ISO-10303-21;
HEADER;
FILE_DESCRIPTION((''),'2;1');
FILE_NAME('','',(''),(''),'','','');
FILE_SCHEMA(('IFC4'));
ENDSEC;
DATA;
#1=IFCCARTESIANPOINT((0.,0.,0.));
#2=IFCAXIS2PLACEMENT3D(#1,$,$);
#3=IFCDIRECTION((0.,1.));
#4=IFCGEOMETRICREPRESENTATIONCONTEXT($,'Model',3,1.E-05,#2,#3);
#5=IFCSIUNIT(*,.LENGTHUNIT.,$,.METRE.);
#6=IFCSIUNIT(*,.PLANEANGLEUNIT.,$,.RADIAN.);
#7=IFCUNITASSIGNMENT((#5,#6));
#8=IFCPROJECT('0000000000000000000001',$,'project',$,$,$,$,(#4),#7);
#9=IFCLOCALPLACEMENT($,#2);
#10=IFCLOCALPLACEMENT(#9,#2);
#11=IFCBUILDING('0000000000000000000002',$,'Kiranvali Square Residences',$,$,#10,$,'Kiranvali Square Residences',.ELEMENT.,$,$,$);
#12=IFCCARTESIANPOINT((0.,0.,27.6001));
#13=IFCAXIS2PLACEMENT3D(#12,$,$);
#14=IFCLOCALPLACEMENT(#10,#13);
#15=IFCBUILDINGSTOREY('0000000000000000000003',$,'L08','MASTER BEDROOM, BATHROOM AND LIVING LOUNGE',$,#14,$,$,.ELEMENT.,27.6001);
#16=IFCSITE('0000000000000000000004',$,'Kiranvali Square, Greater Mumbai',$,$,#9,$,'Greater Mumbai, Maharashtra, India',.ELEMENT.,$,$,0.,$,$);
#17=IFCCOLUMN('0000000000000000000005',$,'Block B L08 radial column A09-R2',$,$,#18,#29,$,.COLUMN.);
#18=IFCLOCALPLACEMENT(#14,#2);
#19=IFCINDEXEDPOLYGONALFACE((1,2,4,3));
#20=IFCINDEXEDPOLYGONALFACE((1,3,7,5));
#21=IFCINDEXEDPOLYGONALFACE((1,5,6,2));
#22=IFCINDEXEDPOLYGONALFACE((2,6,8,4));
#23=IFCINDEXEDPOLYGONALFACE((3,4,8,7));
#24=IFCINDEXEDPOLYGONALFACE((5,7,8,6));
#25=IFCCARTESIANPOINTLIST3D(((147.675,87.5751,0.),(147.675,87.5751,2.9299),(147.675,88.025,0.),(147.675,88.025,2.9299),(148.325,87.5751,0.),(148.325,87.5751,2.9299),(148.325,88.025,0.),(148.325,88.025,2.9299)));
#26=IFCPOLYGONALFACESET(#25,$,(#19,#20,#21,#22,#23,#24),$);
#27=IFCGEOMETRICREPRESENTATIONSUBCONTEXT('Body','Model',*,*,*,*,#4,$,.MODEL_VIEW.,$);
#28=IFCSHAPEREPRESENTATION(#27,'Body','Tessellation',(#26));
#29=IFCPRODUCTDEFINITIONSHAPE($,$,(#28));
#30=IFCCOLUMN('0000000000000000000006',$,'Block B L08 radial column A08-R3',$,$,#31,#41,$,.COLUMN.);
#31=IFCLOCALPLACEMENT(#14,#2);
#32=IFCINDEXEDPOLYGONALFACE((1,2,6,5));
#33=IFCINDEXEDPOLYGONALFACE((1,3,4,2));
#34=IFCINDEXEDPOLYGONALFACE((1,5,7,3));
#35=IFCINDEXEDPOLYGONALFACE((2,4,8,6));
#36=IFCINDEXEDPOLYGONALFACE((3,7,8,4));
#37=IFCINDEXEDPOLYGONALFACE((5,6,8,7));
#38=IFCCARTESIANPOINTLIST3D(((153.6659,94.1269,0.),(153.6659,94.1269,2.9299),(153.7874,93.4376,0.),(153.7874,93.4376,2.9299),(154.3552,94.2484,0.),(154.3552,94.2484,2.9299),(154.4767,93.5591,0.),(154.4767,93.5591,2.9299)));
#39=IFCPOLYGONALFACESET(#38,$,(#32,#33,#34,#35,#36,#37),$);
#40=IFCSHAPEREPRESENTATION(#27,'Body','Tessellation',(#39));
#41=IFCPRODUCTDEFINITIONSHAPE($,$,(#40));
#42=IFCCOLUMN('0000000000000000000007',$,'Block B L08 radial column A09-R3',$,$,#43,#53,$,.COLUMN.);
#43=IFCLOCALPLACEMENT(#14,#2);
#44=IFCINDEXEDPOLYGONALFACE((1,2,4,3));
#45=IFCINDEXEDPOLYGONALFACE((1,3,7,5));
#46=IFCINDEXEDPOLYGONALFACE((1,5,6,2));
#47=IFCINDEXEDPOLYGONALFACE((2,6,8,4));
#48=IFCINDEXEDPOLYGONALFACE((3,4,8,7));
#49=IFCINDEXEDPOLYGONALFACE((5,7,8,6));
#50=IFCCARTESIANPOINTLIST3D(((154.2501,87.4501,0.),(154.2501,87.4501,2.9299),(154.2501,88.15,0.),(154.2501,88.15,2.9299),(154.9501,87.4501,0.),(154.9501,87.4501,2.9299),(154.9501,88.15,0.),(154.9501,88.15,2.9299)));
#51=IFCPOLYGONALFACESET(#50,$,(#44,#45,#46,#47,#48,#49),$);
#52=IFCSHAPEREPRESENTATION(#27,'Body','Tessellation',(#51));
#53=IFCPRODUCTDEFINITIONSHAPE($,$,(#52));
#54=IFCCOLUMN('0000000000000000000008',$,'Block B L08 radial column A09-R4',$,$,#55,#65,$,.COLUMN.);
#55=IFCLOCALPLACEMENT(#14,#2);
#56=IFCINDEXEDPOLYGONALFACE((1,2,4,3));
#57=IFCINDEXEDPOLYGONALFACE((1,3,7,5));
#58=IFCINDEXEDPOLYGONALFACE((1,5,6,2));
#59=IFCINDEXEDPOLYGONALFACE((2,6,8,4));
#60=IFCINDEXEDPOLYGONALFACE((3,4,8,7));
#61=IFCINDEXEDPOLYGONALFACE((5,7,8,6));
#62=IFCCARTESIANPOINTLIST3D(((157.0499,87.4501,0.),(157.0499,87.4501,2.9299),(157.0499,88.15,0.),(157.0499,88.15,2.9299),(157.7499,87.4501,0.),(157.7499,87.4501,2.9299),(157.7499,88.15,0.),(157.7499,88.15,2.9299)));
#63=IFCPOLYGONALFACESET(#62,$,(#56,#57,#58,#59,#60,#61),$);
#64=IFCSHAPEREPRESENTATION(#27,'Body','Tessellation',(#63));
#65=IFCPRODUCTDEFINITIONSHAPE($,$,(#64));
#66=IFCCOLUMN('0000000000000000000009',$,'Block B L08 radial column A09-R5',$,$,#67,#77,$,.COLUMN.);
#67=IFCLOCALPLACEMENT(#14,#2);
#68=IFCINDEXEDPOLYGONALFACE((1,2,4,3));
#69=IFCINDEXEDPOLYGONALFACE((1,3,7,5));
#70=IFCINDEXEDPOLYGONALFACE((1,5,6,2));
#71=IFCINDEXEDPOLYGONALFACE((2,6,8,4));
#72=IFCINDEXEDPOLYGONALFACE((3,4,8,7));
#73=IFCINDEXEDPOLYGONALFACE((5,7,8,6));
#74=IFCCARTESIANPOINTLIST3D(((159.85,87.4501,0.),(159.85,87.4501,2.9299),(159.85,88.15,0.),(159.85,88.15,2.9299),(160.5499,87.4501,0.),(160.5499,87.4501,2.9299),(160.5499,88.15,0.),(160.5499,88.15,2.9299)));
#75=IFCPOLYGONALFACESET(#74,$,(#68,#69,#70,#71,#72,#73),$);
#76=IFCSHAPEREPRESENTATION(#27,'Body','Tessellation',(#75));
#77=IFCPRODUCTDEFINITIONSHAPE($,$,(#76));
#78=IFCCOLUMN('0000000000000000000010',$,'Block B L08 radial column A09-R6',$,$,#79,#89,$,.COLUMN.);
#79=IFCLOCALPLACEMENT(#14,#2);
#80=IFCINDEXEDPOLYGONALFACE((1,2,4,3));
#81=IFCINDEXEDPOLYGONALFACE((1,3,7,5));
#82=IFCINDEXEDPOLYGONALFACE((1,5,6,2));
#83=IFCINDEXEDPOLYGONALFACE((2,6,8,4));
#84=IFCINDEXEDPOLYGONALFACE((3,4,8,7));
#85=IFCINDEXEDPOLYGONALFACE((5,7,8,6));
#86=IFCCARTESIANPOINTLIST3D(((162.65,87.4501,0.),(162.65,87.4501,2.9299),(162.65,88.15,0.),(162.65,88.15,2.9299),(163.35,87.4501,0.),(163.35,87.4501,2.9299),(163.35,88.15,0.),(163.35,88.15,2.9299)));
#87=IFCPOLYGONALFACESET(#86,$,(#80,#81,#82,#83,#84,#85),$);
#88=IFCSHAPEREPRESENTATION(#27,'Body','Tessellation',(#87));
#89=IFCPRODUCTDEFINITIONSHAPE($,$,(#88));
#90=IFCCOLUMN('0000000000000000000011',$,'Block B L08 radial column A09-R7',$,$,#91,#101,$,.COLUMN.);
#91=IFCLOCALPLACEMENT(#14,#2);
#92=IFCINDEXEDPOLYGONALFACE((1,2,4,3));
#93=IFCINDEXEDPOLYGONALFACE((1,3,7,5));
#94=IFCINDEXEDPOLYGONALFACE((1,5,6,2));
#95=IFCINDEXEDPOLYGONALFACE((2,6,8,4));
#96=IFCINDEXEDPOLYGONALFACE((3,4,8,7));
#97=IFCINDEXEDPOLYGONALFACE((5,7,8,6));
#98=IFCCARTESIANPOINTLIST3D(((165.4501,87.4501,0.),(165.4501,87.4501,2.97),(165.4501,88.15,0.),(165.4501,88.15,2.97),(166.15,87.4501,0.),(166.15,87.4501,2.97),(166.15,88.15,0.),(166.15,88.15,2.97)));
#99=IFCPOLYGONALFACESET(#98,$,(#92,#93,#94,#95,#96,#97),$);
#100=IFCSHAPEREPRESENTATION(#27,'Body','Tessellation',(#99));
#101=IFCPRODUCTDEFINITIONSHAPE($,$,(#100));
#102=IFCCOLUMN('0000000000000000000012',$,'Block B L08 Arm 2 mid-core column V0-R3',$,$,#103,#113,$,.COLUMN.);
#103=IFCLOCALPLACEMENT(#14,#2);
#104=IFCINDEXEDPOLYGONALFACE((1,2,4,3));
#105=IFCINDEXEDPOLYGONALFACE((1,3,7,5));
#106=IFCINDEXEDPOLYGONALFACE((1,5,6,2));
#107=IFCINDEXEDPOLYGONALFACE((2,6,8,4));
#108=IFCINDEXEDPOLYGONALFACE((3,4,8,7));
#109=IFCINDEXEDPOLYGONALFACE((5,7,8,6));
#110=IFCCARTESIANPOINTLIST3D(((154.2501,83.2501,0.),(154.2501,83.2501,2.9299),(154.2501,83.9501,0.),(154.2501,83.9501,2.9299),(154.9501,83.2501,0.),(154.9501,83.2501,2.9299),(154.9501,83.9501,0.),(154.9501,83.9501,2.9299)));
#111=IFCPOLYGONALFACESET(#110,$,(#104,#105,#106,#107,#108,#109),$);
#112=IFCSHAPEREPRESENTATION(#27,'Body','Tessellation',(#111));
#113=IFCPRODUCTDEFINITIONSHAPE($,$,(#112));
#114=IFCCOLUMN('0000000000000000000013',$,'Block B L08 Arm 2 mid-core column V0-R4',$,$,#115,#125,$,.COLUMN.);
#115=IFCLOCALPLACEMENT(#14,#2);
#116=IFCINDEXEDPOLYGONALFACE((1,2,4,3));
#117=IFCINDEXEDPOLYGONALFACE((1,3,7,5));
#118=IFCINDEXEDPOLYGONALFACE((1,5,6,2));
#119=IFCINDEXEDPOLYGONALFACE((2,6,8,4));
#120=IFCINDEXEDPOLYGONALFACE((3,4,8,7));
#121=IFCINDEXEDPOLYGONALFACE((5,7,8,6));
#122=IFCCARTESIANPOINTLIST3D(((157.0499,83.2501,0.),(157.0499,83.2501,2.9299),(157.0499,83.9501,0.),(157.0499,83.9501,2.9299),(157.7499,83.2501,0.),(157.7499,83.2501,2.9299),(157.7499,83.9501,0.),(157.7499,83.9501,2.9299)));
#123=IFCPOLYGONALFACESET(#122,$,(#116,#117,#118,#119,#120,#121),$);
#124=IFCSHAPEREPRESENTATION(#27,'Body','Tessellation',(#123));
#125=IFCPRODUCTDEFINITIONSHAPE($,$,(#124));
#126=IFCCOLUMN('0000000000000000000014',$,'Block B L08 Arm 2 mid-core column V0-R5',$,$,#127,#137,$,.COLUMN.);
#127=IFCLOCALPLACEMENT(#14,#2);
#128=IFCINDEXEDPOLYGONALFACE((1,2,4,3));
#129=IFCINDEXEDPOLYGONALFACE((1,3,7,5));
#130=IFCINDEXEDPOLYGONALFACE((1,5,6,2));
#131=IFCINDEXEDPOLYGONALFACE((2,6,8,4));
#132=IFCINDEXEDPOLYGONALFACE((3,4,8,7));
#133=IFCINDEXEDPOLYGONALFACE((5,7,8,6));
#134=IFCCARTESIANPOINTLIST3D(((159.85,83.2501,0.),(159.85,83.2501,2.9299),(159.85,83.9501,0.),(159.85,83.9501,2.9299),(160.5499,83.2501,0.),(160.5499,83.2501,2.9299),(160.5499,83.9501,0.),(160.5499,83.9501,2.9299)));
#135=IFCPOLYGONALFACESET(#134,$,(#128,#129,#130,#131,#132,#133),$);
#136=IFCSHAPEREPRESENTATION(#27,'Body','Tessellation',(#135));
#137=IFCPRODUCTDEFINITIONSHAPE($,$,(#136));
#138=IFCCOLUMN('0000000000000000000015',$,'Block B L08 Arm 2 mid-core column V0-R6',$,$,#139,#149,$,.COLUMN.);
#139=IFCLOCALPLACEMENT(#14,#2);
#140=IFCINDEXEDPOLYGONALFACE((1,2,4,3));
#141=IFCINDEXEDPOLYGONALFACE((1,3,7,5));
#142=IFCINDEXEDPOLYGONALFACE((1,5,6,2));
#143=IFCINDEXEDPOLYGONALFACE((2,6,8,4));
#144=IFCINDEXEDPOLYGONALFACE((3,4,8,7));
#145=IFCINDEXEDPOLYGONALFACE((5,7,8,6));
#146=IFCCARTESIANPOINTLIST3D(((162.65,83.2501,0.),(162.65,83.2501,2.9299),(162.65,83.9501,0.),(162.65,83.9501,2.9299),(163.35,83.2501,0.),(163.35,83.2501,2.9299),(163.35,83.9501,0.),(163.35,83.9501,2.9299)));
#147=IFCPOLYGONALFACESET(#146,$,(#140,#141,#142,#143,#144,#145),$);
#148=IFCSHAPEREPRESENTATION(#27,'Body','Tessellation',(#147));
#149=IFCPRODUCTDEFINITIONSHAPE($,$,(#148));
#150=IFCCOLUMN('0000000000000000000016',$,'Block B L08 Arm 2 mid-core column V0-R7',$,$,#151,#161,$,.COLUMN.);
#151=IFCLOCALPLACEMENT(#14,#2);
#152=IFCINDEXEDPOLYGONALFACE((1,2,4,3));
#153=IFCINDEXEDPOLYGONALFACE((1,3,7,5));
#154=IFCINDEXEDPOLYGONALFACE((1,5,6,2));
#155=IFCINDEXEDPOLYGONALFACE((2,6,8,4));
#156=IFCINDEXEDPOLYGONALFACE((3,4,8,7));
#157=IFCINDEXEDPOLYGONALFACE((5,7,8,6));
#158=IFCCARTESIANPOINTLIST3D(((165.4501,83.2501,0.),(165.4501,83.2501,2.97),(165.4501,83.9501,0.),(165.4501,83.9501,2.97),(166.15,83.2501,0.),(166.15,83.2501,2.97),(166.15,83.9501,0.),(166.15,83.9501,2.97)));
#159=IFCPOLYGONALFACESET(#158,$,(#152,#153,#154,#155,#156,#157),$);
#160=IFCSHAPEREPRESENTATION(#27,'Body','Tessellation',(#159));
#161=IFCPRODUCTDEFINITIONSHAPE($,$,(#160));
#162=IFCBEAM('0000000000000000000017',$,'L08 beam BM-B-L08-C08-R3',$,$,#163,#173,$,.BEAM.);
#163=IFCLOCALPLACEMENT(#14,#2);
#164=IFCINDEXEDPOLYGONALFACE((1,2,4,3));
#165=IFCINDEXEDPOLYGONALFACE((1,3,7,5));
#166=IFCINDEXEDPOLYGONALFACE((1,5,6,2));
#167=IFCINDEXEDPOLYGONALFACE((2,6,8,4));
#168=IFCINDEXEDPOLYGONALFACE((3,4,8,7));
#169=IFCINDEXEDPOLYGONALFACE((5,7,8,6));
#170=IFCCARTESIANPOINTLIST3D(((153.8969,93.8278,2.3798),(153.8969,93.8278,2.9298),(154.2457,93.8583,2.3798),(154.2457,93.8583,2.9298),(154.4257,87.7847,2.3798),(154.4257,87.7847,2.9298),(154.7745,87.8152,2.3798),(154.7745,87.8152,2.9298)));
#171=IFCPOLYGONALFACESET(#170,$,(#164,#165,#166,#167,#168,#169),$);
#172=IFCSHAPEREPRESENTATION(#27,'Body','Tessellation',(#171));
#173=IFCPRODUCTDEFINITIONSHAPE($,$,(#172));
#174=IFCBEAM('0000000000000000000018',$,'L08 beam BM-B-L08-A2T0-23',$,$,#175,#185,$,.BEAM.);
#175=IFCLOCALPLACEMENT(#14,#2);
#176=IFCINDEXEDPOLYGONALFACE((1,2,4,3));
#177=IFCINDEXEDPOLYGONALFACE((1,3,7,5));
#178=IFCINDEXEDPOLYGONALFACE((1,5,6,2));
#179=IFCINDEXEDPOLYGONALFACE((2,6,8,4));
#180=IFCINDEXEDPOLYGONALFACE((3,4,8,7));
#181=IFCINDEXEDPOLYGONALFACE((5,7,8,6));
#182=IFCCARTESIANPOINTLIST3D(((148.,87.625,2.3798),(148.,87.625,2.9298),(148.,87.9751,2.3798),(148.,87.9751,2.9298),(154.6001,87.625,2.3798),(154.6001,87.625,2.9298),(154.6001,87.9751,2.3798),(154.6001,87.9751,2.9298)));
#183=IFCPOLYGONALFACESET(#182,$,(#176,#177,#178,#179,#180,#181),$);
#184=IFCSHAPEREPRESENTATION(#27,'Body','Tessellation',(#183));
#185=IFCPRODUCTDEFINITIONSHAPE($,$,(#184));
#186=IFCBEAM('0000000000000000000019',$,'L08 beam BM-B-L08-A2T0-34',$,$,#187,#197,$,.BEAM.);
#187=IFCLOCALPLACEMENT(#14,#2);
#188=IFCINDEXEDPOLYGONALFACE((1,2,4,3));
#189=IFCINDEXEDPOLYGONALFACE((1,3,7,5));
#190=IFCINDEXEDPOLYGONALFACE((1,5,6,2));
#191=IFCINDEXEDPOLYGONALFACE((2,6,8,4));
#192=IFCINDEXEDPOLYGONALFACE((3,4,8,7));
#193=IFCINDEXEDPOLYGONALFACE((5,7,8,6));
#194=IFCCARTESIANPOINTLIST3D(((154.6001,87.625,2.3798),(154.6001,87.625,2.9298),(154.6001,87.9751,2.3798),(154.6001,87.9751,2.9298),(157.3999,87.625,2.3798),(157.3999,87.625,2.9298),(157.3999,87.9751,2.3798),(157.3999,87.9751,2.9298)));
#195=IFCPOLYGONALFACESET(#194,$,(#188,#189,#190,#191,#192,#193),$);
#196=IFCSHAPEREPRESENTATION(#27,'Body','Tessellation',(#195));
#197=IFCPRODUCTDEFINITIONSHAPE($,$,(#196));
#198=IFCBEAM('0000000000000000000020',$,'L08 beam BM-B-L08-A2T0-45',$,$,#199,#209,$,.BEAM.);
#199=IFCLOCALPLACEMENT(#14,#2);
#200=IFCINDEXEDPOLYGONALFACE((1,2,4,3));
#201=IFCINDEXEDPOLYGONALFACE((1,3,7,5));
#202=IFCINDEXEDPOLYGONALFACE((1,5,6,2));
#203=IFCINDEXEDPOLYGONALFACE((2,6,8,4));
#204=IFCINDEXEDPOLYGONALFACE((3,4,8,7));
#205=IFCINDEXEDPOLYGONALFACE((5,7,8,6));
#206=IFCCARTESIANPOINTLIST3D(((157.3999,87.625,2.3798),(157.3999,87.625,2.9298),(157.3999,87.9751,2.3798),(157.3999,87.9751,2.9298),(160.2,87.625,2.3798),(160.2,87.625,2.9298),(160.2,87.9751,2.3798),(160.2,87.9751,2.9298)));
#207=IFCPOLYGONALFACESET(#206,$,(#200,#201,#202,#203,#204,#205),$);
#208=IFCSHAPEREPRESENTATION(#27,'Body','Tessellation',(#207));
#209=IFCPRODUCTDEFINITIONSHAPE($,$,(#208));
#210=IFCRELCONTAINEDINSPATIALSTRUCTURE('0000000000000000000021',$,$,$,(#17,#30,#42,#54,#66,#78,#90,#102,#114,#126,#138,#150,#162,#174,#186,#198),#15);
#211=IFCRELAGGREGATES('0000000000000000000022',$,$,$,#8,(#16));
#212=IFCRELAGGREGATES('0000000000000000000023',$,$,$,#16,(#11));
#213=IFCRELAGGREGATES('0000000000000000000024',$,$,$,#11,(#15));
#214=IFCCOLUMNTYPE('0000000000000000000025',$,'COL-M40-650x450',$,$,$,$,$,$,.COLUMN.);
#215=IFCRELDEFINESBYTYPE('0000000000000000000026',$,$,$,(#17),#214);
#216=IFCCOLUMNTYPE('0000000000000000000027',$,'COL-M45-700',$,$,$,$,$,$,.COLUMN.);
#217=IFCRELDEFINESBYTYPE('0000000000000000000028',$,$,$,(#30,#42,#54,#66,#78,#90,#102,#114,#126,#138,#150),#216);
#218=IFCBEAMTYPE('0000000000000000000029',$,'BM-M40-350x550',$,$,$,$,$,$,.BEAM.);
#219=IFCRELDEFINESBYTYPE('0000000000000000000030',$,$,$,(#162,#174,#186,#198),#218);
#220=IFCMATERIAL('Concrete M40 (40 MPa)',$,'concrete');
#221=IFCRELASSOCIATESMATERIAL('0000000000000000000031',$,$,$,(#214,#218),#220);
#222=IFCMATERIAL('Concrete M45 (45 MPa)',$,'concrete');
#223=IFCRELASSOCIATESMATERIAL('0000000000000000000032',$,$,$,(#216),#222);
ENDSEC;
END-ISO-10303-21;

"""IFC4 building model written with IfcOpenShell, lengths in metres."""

from ifc_helpers import new_model, si_unit, direction, frame, origin, origin_2d, place, context, subcontext, project, spatial, rectangle, extrude, material, material_profile, profile_set, type_object, element, save


model = new_model("IFC4")

# Units and contexts
model_context = context("Model", 3, precision=1e-05, world=origin(), true_north=direction((0.0, 1.0)))
body_context = subcontext(model_context, "Body", "Model", "MODEL_VIEW")
ifc_project = project(units=[si_unit("LENGTHUNIT", "METRE"), si_unit("PLANEANGLEUNIT", "RADIAN")], contexts=[model_context])

# Site, building, storey
site_placement = place(None, origin())
site = spatial("IfcSite", under=ifc_project, at=site_placement, Name="Kiranvali Square, Greater Mumbai", LongName="Greater Mumbai, Maharashtra, India", CompositionType="ELEMENT", RefElevation=0.0)
building_placement = place(site_placement, origin())
building = spatial("IfcBuilding", under=site, at=building_placement, Name="Kiranvali Square Residences", LongName="Kiranvali Square Residences", CompositionType="ELEMENT")
storey_placement = place(building_placement, frame((0.0, 0.0, 27.6001)))
storey = spatial("IfcBuildingStorey", under=building, at=storey_placement, Name="L08", Description="MASTER BEDROOM, BATHROOM AND LIVING LOUNGE", CompositionType="ELEMENT", Elevation=27.6001)

# Columns
ifc_material_1 = material(Name="Concrete M40 (40 MPa)", Category="concrete")
ifc_material_profile_1 = material_profile(ifc_material_1, rectangle(XDim=0.45, YDim=0.6499, at=origin_2d()), Name="RC 650x450")
ifc_profile_set_1 = profile_set([ifc_material_profile_1], Name="Concrete M40 (40 MPa)")
column_type_1 = type_object("IfcColumnType", Name="COL-M40-650x450", PredefinedType="COLUMN", material=ifc_profile_set_1)
column_1_placement = place(storey_placement, frame((148.0, 87.8, 0.0), z_axis=(0.0, 0.0, 1.0), x_axis=(0.0, 1.0, 0.0)))
element("IfcColumn", 1, at=column_1_placement, inside=storey, type_object=column_type_1, Name="Block B L08 radial column A09-R2", PredefinedType="COLUMN", context=body_context, shape_type="SweptSolid", body=[
    extrude(rectangle(XDim=0.45, YDim=0.6499, at=origin_2d()), origin(), (0.0, 0.0, 1.0), 2.9299),
])
ifc_material_2 = material(Name="Concrete M45 (45 MPa)", Category="concrete")
ifc_material_profile_2 = material_profile(ifc_material_2, rectangle(XDim=0.7, YDim=0.7, at=origin_2d()), Name="RC 700x700")
ifc_profile_set_2 = profile_set([ifc_material_profile_2], Name="Concrete M45 (45 MPa)")
column_type_2 = type_object("IfcColumnType", Name="COL-M45-700", PredefinedType="COLUMN", material=ifc_profile_set_2)
for number, where, z_axis, x_axis, name in (
    (2, (154.0713, 93.843, 0.0), (0.0, 0.0, 1.0), (-0.173648, 0.984808, 0.0), "Block B L08 radial column A08-R3"),
    (3, (154.6001, 87.8, 0.0), (0.0, 0.0, 1.0), (0.0, 1.0, 0.0), "Block B L08 radial column A09-R3"),
    (4, (157.3999, 87.8, 0.0), (0.0, 0.0, 1.0), (0.0, 1.0, 0.0), "Block B L08 radial column A09-R4"),
    (5, (160.2, 87.8, 0.0), (0.0, 0.0, 1.0), (0.0, 1.0, 0.0), "Block B L08 radial column A09-R5"),
    (6, (163.0, 87.8, 0.0), (0.0, 0.0, 1.0), (0.0, 1.0, 0.0), "Block B L08 radial column A09-R6"),
):
    element("IfcColumn", number, at=place(storey_placement, frame(where, z_axis=z_axis, x_axis=x_axis)), inside=storey, type_object=column_type_2, Name=name, PredefinedType="COLUMN", context=body_context, shape_type="SweptSolid", body=[
        extrude(rectangle(XDim=0.7, YDim=0.7, at=origin_2d()), origin(), (0.0, 0.0, 1.0), 2.9299),
    ])
column_2_placement = place(storey_placement, frame((165.8, 87.8, 0.0), z_axis=(0.0, 0.0, 1.0), x_axis=(0.0, 1.0, 0.0)))
element("IfcColumn", 7, at=column_2_placement, inside=storey, type_object=column_type_2, Name="Block B L08 radial column A09-R7", PredefinedType="COLUMN", context=body_context, shape_type="SweptSolid", body=[
    extrude(rectangle(XDim=0.7, YDim=0.7, at=origin_2d()), origin(), (0.0, 0.0, 1.0), 2.97),
])
for number, where, z_axis, x_axis, name in (
    (8, (154.6001, 83.6001, 0.0), (0.0, 0.0, 1.0), (1.0, 0.0, 0.0), "Block B L08 Arm 2 mid-core column V0-R3"),
    (9, (157.3999, 83.6001, 0.0), (0.0, 0.0, 1.0), (1.0, 0.0, 0.0), "Block B L08 Arm 2 mid-core column V0-R4"),
    (10, (160.2, 83.6001, 0.0), (0.0, 0.0, 1.0), (1.0, 0.0, 0.0), "Block B L08 Arm 2 mid-core column V0-R5"),
    (11, (163.0, 83.6001, 0.0), (0.0, 0.0, 1.0), (1.0, 0.0, 0.0), "Block B L08 Arm 2 mid-core column V0-R6"),
):
    element("IfcColumn", number, at=place(storey_placement, frame(where, z_axis=z_axis, x_axis=x_axis)), inside=storey, type_object=column_type_2, Name=name, PredefinedType="COLUMN", context=body_context, shape_type="SweptSolid", body=[
        extrude(rectangle(XDim=0.7, YDim=0.7, at=origin_2d()), origin(), (0.0, 0.0, 1.0), 2.9299),
    ])
column_3_placement = place(storey_placement, frame((165.8, 83.6001, 0.0), z_axis=(0.0, 0.0, 1.0), x_axis=(1.0, 0.0, 0.0)))
element("IfcColumn", 12, at=column_3_placement, inside=storey, type_object=column_type_2, Name="Block B L08 Arm 2 mid-core column V0-R7", PredefinedType="COLUMN", context=body_context, shape_type="SweptSolid", body=[
    extrude(rectangle(XDim=0.7, YDim=0.7, at=origin_2d()), origin(), (0.0, 0.0, 1.0), 2.97),
])

# Beams
ifc_material_profile_3 = material_profile(ifc_material_1, rectangle(XDim=0.3501, YDim=0.55, at=origin_2d()), Name="RC 350x550")
ifc_profile_set_3 = profile_set([ifc_material_profile_3], Name="Concrete M40 (40 MPa)")
beam_type_1 = type_object("IfcBeamType", Name="BM-M40-350x550", PredefinedType="BEAM", material=ifc_profile_set_3)
beam_1_placement = place(storey_placement, frame((154.0713, 93.843, 2.6548), z_axis=(0.087175, -0.996193, 0.0), x_axis=(0.996193, 0.087175, 0.0)))
element("IfcBeam", 13, at=beam_1_placement, inside=storey, type_object=beam_type_1, Name="L08 beam BM-B-L08-C08-R3", PredefinedType="BEAM", context=body_context, shape_type="SweptSolid", body=[
    extrude(rectangle(XDim=0.3501, YDim=0.55, at=origin_2d()), origin(), (0.0, 0.0, 1.0), 6.0662),
])
beam_2_placement = place(storey_placement, frame((148.0, 87.8, 2.6548), z_axis=(1.0, 0.0, 0.0), x_axis=(0.0, 1.0, 0.0)))
element("IfcBeam", 14, at=beam_2_placement, inside=storey, type_object=beam_type_1, Name="L08 beam BM-B-L08-A2T0-23", PredefinedType="BEAM", context=body_context, shape_type="SweptSolid", body=[
    extrude(rectangle(XDim=0.3501, YDim=0.55, at=origin_2d()), origin(), (0.0, 0.0, 1.0), 6.6001),
])
beam_3_placement = place(storey_placement, frame((154.6001, 87.8, 2.6548), z_axis=(1.0, 0.0, 0.0), x_axis=(0.0, 1.0, 0.0)))
element("IfcBeam", 15, at=beam_3_placement, inside=storey, type_object=beam_type_1, Name="L08 beam BM-B-L08-A2T0-34", PredefinedType="BEAM", context=body_context, shape_type="SweptSolid", body=[
    extrude(rectangle(XDim=0.3501, YDim=0.55, at=origin_2d()), origin(), (0.0, 0.0, 1.0), 2.7998),
])
for number, where, z_axis, x_axis, name in (
    (16, (157.3999, 87.8, 2.6548), (1.0, 0.0, 0.0), (0.0, 1.0, 0.0), "L08 beam BM-B-L08-A2T0-45"),
):
    element("IfcBeam", number, at=place(storey_placement, frame(where, z_axis=z_axis, x_axis=x_axis)), inside=storey, type_object=beam_type_1, Name=name, PredefinedType="BEAM", context=body_context, shape_type="SweptSolid", body=[
        extrude(rectangle(XDim=0.3501, YDim=0.55, at=origin_2d()), origin(), (0.0, 0.0, 1.0), 2.8),
    ])

save(model, "model.ifc")
